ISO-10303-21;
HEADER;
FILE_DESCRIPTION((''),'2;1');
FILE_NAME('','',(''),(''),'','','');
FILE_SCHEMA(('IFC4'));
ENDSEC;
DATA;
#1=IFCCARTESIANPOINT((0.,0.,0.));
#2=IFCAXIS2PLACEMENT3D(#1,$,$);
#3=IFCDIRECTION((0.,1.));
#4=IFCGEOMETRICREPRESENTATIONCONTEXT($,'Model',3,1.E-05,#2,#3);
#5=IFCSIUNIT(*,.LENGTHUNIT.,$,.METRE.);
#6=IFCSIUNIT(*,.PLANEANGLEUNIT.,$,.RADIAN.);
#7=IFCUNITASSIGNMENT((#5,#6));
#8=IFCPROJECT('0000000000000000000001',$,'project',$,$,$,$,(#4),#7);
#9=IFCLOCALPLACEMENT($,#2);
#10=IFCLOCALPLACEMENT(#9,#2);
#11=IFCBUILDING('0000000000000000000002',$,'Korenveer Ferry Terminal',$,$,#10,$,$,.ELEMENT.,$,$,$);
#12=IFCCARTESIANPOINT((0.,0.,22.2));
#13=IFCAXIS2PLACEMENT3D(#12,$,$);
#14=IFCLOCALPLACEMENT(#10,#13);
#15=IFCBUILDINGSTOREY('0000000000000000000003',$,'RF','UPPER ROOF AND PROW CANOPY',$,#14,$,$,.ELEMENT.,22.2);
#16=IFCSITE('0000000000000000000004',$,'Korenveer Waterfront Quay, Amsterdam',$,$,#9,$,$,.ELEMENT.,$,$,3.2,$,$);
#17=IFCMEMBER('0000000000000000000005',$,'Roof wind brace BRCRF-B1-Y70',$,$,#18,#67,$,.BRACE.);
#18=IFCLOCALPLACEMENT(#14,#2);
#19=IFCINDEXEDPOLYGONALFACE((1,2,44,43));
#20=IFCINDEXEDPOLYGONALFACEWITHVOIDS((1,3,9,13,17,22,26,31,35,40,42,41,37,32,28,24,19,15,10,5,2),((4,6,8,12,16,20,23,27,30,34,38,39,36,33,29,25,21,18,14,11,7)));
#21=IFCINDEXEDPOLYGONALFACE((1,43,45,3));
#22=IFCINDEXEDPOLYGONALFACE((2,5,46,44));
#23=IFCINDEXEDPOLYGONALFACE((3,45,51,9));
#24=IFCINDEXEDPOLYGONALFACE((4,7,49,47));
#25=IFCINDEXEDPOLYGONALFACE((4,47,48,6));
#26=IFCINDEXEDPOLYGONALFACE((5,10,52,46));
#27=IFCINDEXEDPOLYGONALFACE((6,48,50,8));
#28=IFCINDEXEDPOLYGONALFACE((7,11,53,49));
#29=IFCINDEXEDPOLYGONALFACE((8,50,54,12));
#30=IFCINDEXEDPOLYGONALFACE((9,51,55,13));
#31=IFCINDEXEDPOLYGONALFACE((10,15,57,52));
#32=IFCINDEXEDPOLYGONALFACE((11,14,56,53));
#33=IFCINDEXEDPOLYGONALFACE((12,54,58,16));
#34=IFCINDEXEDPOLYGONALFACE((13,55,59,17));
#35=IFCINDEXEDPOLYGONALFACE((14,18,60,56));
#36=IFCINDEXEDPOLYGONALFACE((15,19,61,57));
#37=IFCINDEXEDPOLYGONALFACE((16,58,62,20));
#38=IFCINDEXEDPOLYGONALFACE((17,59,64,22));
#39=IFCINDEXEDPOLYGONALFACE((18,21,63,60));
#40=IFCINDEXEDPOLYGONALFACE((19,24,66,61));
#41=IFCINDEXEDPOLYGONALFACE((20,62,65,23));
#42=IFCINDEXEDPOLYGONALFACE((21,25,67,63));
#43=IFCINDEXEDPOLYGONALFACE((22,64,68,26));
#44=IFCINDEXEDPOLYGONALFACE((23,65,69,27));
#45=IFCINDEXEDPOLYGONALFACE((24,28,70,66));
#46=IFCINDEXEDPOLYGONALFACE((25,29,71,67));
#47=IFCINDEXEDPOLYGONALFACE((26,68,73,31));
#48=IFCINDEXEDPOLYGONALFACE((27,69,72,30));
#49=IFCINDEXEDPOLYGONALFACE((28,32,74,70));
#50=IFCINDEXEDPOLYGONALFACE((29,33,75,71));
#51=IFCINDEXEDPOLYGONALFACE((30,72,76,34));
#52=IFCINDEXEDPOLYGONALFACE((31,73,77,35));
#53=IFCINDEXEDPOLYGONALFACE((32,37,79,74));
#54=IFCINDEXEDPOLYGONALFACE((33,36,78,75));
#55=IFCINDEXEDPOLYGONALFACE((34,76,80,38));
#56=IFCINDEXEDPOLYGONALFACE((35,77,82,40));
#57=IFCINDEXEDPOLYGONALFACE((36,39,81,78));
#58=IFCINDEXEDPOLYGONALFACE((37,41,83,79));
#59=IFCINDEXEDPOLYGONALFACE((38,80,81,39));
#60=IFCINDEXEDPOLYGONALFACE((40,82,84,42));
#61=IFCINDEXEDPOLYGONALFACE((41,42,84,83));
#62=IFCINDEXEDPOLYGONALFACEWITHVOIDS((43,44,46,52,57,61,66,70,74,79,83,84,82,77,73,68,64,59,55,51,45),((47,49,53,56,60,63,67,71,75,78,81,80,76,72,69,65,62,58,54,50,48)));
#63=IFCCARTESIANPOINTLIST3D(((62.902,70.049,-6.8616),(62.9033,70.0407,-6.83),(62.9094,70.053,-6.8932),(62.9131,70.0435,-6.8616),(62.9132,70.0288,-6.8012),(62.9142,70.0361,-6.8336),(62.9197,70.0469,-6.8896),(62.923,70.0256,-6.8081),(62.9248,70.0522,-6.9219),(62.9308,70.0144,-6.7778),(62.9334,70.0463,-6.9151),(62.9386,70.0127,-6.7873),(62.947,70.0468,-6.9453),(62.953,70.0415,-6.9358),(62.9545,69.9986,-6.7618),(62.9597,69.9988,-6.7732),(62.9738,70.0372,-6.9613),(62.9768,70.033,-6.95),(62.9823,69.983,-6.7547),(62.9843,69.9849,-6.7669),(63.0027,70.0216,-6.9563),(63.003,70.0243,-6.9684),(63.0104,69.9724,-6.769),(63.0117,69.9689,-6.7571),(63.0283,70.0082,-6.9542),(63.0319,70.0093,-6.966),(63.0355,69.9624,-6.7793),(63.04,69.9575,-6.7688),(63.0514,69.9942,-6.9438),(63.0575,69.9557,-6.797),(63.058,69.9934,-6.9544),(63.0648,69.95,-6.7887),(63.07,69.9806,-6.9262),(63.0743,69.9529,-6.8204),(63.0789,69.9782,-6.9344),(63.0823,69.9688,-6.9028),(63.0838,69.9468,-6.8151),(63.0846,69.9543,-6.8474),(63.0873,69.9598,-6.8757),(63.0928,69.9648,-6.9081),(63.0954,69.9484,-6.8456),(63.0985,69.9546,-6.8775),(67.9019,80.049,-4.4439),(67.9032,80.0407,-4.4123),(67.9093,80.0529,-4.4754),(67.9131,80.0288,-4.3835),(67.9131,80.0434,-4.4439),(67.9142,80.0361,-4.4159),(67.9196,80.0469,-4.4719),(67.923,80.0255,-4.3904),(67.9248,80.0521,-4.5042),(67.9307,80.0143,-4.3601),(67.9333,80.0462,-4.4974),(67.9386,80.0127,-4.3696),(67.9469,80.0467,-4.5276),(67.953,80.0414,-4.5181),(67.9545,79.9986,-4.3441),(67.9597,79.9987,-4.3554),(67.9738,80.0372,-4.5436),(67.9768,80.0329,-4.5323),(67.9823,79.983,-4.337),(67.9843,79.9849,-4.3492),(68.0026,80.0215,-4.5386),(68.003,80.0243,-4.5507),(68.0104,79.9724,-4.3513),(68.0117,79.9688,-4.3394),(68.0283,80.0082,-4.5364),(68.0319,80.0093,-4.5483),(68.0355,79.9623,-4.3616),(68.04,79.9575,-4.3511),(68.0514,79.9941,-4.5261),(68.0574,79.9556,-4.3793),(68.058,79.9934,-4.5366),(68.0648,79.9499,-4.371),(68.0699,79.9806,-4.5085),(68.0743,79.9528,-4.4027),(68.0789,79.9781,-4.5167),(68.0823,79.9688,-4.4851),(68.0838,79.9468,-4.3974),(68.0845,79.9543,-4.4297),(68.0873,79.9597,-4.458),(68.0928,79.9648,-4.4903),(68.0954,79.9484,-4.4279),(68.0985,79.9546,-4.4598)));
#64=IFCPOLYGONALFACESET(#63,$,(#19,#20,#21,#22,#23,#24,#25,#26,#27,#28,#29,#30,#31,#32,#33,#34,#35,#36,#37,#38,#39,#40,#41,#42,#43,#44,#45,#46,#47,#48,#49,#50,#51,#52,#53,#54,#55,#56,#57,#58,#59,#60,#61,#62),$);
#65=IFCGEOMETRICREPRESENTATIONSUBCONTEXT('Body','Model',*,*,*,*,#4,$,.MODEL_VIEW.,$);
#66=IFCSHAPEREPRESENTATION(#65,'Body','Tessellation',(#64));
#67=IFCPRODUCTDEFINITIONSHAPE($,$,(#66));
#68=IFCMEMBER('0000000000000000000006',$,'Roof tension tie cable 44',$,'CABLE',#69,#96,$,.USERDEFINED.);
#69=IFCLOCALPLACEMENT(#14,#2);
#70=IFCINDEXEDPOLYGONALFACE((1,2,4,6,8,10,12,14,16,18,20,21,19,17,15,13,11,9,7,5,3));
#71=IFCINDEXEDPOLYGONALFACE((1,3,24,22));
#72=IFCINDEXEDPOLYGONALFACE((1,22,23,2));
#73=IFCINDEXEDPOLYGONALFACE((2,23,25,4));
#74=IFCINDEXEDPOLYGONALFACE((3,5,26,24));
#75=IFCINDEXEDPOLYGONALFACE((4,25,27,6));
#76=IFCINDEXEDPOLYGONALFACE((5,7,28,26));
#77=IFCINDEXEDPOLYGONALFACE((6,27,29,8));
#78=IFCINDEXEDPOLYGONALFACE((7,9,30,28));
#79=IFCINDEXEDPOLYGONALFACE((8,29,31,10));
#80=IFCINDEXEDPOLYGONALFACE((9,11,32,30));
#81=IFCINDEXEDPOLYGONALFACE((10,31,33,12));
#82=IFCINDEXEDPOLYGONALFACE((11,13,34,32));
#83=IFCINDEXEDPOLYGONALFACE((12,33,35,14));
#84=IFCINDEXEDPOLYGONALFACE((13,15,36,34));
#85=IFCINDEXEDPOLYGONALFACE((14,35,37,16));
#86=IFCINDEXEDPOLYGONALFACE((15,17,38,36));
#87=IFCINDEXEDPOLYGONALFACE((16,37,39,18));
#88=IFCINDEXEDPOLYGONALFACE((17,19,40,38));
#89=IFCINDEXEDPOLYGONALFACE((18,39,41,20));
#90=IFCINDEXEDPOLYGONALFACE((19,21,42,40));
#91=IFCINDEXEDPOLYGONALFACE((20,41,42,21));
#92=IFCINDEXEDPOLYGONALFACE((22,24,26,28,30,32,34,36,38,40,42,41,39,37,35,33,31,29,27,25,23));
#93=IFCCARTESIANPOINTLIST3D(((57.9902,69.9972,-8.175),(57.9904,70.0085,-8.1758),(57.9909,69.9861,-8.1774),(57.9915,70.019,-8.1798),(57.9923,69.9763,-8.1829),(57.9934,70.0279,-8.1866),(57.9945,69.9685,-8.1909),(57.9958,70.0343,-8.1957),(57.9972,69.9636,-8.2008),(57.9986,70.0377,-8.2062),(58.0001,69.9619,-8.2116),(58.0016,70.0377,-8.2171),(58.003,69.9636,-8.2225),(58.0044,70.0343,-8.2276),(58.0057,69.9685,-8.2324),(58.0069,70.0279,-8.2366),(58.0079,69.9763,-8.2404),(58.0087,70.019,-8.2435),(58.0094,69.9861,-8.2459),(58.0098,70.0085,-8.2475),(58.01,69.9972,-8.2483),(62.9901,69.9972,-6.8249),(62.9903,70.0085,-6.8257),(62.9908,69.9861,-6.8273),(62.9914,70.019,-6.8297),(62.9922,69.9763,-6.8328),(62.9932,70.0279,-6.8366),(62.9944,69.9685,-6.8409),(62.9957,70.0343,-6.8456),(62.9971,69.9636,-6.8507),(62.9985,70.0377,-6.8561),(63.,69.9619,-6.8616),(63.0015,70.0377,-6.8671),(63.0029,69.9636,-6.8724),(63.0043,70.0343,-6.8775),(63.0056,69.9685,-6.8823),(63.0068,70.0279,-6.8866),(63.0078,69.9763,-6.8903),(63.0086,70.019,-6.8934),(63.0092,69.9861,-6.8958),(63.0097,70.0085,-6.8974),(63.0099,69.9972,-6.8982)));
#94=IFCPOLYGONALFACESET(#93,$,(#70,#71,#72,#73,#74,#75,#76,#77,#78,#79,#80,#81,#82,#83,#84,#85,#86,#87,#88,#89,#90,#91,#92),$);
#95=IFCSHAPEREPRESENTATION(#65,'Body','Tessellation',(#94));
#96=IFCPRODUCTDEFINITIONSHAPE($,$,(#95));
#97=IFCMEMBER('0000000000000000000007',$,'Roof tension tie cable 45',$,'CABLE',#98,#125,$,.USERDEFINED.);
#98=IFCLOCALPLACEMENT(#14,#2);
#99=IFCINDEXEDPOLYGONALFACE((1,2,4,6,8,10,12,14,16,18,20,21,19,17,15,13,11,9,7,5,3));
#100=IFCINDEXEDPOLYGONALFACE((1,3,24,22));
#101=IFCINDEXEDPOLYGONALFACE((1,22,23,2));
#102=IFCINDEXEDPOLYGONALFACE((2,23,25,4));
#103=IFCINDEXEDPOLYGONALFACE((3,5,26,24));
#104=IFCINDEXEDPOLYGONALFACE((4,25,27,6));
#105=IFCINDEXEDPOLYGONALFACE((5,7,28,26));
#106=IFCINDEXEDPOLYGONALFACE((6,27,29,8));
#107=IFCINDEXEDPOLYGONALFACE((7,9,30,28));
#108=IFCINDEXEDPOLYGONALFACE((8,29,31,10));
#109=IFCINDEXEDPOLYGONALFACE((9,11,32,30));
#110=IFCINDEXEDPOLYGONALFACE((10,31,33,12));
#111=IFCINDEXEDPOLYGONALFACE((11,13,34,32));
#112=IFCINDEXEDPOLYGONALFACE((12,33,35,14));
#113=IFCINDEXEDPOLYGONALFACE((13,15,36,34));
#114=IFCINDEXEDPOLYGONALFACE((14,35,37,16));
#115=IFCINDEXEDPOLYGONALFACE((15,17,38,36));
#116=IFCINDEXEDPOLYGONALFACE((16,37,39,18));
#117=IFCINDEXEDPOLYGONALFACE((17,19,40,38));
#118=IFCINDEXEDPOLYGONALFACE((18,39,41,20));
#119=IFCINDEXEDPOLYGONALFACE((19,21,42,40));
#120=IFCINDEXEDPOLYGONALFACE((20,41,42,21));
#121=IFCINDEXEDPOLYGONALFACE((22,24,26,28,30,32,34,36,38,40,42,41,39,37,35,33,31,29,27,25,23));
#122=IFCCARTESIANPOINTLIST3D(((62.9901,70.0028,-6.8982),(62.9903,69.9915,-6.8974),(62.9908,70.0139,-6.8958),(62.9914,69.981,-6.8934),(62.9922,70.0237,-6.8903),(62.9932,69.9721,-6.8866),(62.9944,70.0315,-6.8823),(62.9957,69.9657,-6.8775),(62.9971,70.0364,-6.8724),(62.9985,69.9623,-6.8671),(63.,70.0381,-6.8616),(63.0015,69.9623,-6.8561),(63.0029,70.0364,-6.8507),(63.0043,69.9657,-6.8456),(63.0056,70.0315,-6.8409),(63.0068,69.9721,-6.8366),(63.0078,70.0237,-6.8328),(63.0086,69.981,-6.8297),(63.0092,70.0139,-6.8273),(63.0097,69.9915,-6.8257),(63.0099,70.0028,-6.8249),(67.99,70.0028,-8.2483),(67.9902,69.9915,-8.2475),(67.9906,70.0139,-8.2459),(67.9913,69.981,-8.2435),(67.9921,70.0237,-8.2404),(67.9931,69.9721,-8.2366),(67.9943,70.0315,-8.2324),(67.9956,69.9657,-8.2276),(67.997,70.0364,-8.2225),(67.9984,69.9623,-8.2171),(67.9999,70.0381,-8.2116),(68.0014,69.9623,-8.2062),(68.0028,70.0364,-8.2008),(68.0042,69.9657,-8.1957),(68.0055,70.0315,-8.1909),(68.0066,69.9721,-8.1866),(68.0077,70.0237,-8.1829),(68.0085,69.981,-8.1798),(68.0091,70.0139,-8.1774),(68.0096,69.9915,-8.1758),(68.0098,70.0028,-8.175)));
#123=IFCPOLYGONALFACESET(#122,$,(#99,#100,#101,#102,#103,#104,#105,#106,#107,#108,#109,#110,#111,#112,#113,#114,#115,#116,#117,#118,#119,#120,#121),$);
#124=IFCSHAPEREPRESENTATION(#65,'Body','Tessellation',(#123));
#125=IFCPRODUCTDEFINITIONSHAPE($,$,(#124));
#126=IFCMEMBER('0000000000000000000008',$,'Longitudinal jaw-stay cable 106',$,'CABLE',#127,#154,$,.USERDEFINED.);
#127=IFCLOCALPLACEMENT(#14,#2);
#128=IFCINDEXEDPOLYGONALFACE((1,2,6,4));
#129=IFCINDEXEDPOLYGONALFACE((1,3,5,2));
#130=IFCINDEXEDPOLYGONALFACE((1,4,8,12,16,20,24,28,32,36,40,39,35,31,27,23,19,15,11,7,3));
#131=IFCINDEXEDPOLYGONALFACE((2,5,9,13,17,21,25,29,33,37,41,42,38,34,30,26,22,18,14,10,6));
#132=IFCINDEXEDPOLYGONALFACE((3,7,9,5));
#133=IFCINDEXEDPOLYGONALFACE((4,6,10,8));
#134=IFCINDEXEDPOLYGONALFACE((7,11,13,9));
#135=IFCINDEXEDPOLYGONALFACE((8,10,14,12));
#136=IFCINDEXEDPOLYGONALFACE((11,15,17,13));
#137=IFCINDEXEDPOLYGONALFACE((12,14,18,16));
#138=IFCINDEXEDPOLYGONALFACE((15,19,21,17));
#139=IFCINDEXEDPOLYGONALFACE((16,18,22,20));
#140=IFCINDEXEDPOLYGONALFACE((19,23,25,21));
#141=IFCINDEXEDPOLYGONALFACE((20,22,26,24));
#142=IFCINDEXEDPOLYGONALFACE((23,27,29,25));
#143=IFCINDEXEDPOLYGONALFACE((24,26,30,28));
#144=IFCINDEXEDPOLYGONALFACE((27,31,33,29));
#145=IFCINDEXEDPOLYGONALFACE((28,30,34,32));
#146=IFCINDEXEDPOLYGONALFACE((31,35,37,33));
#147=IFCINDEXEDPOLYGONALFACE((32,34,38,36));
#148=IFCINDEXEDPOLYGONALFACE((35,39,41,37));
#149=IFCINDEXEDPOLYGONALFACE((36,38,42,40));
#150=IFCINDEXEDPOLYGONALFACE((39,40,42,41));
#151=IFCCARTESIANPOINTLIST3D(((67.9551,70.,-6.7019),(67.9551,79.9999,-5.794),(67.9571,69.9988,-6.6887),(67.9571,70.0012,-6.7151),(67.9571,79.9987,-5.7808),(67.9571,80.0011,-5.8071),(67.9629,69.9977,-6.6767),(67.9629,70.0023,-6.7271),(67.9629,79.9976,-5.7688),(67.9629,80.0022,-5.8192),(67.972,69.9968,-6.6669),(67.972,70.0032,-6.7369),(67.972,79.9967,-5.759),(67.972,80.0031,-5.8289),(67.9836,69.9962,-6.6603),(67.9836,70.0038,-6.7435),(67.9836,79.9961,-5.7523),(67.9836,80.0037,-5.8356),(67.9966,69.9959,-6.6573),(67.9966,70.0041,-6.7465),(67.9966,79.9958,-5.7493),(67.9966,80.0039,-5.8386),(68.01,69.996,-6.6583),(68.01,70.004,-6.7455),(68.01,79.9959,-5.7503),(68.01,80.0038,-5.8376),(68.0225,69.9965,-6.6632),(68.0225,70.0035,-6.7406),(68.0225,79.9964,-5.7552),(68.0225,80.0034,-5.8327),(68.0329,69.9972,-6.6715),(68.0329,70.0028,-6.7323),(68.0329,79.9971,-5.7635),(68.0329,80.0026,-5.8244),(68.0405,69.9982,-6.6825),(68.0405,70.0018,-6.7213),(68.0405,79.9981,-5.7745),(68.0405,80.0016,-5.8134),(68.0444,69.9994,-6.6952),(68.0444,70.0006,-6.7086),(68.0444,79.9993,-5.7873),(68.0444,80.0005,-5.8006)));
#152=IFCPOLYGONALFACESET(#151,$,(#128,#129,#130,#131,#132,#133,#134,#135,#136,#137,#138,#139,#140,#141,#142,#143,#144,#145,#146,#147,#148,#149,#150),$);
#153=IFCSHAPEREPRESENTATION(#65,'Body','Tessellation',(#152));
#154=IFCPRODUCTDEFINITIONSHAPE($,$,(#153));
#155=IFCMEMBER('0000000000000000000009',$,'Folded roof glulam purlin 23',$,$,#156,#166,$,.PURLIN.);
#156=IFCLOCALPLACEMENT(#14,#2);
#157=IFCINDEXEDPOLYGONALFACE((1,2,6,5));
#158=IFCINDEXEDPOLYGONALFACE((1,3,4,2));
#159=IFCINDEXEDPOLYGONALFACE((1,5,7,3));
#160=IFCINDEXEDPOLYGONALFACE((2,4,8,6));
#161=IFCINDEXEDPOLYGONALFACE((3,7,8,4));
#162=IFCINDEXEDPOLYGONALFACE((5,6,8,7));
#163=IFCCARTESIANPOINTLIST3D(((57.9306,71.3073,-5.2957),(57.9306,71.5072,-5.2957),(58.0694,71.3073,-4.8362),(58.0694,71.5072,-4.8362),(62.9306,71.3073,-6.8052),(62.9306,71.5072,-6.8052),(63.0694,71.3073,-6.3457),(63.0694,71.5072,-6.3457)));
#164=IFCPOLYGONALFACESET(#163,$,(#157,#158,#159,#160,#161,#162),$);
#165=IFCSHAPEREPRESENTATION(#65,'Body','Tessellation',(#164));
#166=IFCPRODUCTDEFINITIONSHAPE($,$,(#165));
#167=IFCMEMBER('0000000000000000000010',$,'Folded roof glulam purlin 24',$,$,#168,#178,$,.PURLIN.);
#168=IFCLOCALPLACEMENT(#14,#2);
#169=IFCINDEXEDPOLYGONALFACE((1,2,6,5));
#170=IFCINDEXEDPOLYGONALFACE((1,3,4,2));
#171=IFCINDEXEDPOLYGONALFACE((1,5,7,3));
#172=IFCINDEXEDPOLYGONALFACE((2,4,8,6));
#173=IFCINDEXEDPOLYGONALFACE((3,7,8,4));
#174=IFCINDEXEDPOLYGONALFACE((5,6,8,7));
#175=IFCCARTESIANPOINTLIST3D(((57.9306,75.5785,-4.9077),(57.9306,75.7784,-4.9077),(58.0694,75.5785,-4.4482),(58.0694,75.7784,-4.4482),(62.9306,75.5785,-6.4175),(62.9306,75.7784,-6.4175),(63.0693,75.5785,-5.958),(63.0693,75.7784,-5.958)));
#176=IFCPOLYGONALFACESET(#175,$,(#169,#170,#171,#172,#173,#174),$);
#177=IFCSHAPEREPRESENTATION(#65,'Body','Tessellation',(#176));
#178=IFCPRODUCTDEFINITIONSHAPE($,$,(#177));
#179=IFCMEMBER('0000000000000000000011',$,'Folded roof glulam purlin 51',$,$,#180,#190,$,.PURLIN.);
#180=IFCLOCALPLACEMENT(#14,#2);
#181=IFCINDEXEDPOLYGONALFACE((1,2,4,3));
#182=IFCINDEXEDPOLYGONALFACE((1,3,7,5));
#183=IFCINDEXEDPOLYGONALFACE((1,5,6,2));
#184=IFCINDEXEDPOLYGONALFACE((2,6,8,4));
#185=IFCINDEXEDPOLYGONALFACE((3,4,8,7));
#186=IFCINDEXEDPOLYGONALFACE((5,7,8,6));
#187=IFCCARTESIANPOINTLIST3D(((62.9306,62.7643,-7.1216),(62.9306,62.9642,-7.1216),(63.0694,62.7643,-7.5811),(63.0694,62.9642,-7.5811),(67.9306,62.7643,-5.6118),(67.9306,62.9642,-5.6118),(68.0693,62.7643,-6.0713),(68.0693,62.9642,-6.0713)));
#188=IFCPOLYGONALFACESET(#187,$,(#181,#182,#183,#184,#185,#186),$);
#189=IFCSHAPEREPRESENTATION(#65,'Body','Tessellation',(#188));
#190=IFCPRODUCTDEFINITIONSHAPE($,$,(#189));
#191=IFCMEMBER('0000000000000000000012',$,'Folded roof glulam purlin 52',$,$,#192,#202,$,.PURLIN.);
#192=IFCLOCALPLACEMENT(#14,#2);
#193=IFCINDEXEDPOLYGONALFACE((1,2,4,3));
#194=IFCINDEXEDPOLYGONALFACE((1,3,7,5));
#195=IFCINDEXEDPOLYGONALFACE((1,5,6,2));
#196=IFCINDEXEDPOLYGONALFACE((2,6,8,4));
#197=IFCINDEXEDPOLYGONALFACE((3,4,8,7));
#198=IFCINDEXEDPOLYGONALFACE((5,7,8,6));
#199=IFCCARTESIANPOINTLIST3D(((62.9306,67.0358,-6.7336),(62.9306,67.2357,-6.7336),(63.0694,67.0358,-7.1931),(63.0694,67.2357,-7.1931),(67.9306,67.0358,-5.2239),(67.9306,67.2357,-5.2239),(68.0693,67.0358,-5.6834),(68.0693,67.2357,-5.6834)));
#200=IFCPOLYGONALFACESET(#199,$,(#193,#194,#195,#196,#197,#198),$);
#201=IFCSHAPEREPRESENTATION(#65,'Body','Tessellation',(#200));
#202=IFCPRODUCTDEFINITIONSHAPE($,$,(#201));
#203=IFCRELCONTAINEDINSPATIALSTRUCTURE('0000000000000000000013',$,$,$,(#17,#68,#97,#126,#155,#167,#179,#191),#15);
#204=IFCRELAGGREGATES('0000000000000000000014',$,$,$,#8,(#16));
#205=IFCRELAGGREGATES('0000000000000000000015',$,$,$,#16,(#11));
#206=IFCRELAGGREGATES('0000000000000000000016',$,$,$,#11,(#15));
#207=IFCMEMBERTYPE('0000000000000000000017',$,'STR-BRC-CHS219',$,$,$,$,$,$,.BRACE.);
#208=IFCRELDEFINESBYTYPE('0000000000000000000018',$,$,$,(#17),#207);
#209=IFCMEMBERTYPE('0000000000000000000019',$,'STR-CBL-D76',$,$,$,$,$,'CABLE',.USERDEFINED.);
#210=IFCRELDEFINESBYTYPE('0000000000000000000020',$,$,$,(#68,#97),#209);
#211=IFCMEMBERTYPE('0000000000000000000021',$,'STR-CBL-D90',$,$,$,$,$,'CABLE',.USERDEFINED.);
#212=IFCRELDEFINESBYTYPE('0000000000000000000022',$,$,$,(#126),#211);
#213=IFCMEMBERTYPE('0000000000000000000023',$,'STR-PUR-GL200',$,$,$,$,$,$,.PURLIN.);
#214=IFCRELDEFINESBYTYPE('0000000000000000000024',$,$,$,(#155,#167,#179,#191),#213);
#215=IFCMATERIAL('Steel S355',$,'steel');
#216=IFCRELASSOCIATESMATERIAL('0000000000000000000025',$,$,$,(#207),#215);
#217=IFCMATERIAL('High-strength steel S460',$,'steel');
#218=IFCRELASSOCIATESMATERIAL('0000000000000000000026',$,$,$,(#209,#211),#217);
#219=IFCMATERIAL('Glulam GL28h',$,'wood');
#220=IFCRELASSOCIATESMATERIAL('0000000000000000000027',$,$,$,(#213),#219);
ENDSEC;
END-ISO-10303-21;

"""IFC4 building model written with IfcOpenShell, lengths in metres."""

from ifc_helpers import new_model, si_unit, direction, frame, origin, origin_2d, place, context, subcontext, project, spatial, rectangle, circle, hollow_circle, extrude, material, material_profile, profile_set, type_object, element, save


model = new_model("IFC4")

# Units and contexts
model_context = context("Model", 3, precision=1e-05, world=origin(), true_north=direction((0.0, 1.0)))
body_context = subcontext(model_context, "Body", "Model", "MODEL_VIEW")
ifc_project = project(units=[si_unit("LENGTHUNIT", "METRE"), si_unit("PLANEANGLEUNIT", "RADIAN")], contexts=[model_context])

# Site, building, storey
site_placement = place(None, origin())
site = spatial("IfcSite", under=ifc_project, at=site_placement, Name="Korenveer Waterfront Quay, Amsterdam", CompositionType="ELEMENT", RefElevation=3.2)
building_placement = place(site_placement, origin())
building = spatial("IfcBuilding", under=site, at=building_placement, Name="Korenveer Ferry Terminal", CompositionType="ELEMENT")
storey_placement = place(building_placement, frame((0.0, 0.0, 22.2)))
storey = spatial("IfcBuildingStorey", under=building, at=storey_placement, Name="RF", Description="UPPER ROOF AND PROW CANOPY", CompositionType="ELEMENT", Elevation=22.2)

# Members
ifc_material_1 = material(Name="Steel S355", Category="steel")
ifc_material_profile_1 = material_profile(ifc_material_1, hollow_circle(Radius=0.1096, WallThickness=0.0125, at=origin_2d()), Name="CHS 219.1x12.5")
ifc_profile_set_1 = profile_set([ifc_material_profile_1], Name="Steel S355")
member_type_1 = type_object("IfcMemberType", Name="STR-BRC-CHS219", PredefinedType="BRACE", material=ifc_profile_set_1)
member_1_placement = place(storey_placement, frame((63.0, 70.0, -6.8616), z_axis=(0.43711, 0.87422, 0.211362), x_axis=(-0.894427, 0.447214, 0.0)))
element("IfcMember", 1, at=member_1_placement, inside=storey, type_object=member_type_1, Name="Roof wind brace BRCRF-B1-Y70", PredefinedType="BRACE", context=body_context, shape_type="SweptSolid", body=[
    extrude(hollow_circle(Radius=0.1096, WallThickness=0.0125, at=origin_2d()), origin(), (0.0, 0.0, 1.0), 11.4387),
])
ifc_material_2 = material(Name="High-strength steel S460", Category="steel")
ifc_material_profile_2 = material_profile(ifc_material_2, circle(Radius=0.0381, at=origin_2d()), Name="ROD D76")
ifc_profile_set_2 = profile_set([ifc_material_profile_2], Name="High-strength steel S460")
member_type_2 = type_object("IfcMemberType", Name="STR-CBL-D76", ElementType="CABLE", PredefinedType="USERDEFINED", material=ifc_profile_set_2)
for number, where, z_axis, x_axis, name in (
    (2, (63.0, 70.0, -6.8616), (-0.965424, 0.0, -0.260683), (0.0, -1.0, 0.0), "Roof tension tie cable 44"),
    (3, (63.0, 70.0, -6.8616), (0.965424, 0.0, -0.260683), (0.0, 1.0, 0.0), "Roof tension tie cable 45"),
):
    element("IfcMember", number, at=place(storey_placement, frame(where, z_axis=z_axis, x_axis=x_axis)), inside=storey, type_object=member_type_2, Name=name, ObjectType="CABLE", PredefinedType="USERDEFINED", context=body_context, shape_type="SweptSolid", body=[
        extrude(circle(Radius=0.0381, at=origin_2d()), origin(), (0.0, 0.0, 1.0), 5.179),
    ])
ifc_material_profile_3 = material_profile(ifc_material_2, circle(Radius=0.0449, at=origin_2d()), Name="ROD D90")
ifc_profile_set_3 = profile_set([ifc_material_profile_3], Name="High-strength steel S460")
member_type_3 = type_object("IfcMemberType", Name="STR-CBL-D90", ElementType="CABLE", PredefinedType="USERDEFINED", material=ifc_profile_set_3)
member_2_placement = place(storey_placement, frame((68.0, 70.0, -6.7019), z_axis=(0.0, 0.995903, 0.090424), x_axis=(-1.0, 0.0, 0.0)))
element("IfcMember", 4, at=member_2_placement, inside=storey, type_object=member_type_3, Name="Longitudinal jaw-stay cable 106", ObjectType="CABLE", PredefinedType="USERDEFINED", context=body_context, shape_type="SweptSolid", body=[
    extrude(circle(Radius=0.0449, at=origin_2d()), origin(), (0.0, 0.0, 1.0), 10.041),
])
ifc_material_3 = material(Name="Glulam GL28h", Category="wood")
ifc_material_profile_4 = material_profile(ifc_material_3, rectangle(XDim=0.2, YDim=0.48, at=origin_2d()), Name="GL 200x480")
ifc_profile_set_4 = profile_set([ifc_material_profile_4], Name="Glulam GL28h")
member_type_4 = type_object("IfcMemberType", Name="STR-PUR-GL200", PredefinedType="PURLIN", material=ifc_profile_set_4)
for number, where, z_axis, x_axis, name in (
    (5, (58.0, 71.4072, -5.0659), (0.957323, 0.0, -0.28902), (0.0, 1.0, 0.0), "Folded roof glulam purlin 23"),
    (6, (58.0, 75.6785, -4.678), (0.95731, 0.0, -0.289063), (0.0, 1.0, 0.0), "Folded roof glulam purlin 24"),
    (7, (63.0, 62.8643, -7.3513), (0.95731, 0.0, 0.289063), (0.0, 1.0, 0.0), "Folded roof glulam purlin 51"),
    (8, (63.0, 67.1357, -6.9634), (0.95731, 0.0, 0.289063), (0.0, 1.0, 0.0), "Folded roof glulam purlin 52"),
):
    element("IfcMember", number, at=place(storey_placement, frame(where, z_axis=z_axis, x_axis=x_axis)), inside=storey, type_object=member_type_4, Name=name, PredefinedType="PURLIN", context=body_context, shape_type="SweptSolid", body=[
        extrude(rectangle(XDim=0.2, YDim=0.48, at=origin_2d()), origin(), (0.0, 0.0, 1.0), 5.2229),
    ])

save(model, "model.ifc")
